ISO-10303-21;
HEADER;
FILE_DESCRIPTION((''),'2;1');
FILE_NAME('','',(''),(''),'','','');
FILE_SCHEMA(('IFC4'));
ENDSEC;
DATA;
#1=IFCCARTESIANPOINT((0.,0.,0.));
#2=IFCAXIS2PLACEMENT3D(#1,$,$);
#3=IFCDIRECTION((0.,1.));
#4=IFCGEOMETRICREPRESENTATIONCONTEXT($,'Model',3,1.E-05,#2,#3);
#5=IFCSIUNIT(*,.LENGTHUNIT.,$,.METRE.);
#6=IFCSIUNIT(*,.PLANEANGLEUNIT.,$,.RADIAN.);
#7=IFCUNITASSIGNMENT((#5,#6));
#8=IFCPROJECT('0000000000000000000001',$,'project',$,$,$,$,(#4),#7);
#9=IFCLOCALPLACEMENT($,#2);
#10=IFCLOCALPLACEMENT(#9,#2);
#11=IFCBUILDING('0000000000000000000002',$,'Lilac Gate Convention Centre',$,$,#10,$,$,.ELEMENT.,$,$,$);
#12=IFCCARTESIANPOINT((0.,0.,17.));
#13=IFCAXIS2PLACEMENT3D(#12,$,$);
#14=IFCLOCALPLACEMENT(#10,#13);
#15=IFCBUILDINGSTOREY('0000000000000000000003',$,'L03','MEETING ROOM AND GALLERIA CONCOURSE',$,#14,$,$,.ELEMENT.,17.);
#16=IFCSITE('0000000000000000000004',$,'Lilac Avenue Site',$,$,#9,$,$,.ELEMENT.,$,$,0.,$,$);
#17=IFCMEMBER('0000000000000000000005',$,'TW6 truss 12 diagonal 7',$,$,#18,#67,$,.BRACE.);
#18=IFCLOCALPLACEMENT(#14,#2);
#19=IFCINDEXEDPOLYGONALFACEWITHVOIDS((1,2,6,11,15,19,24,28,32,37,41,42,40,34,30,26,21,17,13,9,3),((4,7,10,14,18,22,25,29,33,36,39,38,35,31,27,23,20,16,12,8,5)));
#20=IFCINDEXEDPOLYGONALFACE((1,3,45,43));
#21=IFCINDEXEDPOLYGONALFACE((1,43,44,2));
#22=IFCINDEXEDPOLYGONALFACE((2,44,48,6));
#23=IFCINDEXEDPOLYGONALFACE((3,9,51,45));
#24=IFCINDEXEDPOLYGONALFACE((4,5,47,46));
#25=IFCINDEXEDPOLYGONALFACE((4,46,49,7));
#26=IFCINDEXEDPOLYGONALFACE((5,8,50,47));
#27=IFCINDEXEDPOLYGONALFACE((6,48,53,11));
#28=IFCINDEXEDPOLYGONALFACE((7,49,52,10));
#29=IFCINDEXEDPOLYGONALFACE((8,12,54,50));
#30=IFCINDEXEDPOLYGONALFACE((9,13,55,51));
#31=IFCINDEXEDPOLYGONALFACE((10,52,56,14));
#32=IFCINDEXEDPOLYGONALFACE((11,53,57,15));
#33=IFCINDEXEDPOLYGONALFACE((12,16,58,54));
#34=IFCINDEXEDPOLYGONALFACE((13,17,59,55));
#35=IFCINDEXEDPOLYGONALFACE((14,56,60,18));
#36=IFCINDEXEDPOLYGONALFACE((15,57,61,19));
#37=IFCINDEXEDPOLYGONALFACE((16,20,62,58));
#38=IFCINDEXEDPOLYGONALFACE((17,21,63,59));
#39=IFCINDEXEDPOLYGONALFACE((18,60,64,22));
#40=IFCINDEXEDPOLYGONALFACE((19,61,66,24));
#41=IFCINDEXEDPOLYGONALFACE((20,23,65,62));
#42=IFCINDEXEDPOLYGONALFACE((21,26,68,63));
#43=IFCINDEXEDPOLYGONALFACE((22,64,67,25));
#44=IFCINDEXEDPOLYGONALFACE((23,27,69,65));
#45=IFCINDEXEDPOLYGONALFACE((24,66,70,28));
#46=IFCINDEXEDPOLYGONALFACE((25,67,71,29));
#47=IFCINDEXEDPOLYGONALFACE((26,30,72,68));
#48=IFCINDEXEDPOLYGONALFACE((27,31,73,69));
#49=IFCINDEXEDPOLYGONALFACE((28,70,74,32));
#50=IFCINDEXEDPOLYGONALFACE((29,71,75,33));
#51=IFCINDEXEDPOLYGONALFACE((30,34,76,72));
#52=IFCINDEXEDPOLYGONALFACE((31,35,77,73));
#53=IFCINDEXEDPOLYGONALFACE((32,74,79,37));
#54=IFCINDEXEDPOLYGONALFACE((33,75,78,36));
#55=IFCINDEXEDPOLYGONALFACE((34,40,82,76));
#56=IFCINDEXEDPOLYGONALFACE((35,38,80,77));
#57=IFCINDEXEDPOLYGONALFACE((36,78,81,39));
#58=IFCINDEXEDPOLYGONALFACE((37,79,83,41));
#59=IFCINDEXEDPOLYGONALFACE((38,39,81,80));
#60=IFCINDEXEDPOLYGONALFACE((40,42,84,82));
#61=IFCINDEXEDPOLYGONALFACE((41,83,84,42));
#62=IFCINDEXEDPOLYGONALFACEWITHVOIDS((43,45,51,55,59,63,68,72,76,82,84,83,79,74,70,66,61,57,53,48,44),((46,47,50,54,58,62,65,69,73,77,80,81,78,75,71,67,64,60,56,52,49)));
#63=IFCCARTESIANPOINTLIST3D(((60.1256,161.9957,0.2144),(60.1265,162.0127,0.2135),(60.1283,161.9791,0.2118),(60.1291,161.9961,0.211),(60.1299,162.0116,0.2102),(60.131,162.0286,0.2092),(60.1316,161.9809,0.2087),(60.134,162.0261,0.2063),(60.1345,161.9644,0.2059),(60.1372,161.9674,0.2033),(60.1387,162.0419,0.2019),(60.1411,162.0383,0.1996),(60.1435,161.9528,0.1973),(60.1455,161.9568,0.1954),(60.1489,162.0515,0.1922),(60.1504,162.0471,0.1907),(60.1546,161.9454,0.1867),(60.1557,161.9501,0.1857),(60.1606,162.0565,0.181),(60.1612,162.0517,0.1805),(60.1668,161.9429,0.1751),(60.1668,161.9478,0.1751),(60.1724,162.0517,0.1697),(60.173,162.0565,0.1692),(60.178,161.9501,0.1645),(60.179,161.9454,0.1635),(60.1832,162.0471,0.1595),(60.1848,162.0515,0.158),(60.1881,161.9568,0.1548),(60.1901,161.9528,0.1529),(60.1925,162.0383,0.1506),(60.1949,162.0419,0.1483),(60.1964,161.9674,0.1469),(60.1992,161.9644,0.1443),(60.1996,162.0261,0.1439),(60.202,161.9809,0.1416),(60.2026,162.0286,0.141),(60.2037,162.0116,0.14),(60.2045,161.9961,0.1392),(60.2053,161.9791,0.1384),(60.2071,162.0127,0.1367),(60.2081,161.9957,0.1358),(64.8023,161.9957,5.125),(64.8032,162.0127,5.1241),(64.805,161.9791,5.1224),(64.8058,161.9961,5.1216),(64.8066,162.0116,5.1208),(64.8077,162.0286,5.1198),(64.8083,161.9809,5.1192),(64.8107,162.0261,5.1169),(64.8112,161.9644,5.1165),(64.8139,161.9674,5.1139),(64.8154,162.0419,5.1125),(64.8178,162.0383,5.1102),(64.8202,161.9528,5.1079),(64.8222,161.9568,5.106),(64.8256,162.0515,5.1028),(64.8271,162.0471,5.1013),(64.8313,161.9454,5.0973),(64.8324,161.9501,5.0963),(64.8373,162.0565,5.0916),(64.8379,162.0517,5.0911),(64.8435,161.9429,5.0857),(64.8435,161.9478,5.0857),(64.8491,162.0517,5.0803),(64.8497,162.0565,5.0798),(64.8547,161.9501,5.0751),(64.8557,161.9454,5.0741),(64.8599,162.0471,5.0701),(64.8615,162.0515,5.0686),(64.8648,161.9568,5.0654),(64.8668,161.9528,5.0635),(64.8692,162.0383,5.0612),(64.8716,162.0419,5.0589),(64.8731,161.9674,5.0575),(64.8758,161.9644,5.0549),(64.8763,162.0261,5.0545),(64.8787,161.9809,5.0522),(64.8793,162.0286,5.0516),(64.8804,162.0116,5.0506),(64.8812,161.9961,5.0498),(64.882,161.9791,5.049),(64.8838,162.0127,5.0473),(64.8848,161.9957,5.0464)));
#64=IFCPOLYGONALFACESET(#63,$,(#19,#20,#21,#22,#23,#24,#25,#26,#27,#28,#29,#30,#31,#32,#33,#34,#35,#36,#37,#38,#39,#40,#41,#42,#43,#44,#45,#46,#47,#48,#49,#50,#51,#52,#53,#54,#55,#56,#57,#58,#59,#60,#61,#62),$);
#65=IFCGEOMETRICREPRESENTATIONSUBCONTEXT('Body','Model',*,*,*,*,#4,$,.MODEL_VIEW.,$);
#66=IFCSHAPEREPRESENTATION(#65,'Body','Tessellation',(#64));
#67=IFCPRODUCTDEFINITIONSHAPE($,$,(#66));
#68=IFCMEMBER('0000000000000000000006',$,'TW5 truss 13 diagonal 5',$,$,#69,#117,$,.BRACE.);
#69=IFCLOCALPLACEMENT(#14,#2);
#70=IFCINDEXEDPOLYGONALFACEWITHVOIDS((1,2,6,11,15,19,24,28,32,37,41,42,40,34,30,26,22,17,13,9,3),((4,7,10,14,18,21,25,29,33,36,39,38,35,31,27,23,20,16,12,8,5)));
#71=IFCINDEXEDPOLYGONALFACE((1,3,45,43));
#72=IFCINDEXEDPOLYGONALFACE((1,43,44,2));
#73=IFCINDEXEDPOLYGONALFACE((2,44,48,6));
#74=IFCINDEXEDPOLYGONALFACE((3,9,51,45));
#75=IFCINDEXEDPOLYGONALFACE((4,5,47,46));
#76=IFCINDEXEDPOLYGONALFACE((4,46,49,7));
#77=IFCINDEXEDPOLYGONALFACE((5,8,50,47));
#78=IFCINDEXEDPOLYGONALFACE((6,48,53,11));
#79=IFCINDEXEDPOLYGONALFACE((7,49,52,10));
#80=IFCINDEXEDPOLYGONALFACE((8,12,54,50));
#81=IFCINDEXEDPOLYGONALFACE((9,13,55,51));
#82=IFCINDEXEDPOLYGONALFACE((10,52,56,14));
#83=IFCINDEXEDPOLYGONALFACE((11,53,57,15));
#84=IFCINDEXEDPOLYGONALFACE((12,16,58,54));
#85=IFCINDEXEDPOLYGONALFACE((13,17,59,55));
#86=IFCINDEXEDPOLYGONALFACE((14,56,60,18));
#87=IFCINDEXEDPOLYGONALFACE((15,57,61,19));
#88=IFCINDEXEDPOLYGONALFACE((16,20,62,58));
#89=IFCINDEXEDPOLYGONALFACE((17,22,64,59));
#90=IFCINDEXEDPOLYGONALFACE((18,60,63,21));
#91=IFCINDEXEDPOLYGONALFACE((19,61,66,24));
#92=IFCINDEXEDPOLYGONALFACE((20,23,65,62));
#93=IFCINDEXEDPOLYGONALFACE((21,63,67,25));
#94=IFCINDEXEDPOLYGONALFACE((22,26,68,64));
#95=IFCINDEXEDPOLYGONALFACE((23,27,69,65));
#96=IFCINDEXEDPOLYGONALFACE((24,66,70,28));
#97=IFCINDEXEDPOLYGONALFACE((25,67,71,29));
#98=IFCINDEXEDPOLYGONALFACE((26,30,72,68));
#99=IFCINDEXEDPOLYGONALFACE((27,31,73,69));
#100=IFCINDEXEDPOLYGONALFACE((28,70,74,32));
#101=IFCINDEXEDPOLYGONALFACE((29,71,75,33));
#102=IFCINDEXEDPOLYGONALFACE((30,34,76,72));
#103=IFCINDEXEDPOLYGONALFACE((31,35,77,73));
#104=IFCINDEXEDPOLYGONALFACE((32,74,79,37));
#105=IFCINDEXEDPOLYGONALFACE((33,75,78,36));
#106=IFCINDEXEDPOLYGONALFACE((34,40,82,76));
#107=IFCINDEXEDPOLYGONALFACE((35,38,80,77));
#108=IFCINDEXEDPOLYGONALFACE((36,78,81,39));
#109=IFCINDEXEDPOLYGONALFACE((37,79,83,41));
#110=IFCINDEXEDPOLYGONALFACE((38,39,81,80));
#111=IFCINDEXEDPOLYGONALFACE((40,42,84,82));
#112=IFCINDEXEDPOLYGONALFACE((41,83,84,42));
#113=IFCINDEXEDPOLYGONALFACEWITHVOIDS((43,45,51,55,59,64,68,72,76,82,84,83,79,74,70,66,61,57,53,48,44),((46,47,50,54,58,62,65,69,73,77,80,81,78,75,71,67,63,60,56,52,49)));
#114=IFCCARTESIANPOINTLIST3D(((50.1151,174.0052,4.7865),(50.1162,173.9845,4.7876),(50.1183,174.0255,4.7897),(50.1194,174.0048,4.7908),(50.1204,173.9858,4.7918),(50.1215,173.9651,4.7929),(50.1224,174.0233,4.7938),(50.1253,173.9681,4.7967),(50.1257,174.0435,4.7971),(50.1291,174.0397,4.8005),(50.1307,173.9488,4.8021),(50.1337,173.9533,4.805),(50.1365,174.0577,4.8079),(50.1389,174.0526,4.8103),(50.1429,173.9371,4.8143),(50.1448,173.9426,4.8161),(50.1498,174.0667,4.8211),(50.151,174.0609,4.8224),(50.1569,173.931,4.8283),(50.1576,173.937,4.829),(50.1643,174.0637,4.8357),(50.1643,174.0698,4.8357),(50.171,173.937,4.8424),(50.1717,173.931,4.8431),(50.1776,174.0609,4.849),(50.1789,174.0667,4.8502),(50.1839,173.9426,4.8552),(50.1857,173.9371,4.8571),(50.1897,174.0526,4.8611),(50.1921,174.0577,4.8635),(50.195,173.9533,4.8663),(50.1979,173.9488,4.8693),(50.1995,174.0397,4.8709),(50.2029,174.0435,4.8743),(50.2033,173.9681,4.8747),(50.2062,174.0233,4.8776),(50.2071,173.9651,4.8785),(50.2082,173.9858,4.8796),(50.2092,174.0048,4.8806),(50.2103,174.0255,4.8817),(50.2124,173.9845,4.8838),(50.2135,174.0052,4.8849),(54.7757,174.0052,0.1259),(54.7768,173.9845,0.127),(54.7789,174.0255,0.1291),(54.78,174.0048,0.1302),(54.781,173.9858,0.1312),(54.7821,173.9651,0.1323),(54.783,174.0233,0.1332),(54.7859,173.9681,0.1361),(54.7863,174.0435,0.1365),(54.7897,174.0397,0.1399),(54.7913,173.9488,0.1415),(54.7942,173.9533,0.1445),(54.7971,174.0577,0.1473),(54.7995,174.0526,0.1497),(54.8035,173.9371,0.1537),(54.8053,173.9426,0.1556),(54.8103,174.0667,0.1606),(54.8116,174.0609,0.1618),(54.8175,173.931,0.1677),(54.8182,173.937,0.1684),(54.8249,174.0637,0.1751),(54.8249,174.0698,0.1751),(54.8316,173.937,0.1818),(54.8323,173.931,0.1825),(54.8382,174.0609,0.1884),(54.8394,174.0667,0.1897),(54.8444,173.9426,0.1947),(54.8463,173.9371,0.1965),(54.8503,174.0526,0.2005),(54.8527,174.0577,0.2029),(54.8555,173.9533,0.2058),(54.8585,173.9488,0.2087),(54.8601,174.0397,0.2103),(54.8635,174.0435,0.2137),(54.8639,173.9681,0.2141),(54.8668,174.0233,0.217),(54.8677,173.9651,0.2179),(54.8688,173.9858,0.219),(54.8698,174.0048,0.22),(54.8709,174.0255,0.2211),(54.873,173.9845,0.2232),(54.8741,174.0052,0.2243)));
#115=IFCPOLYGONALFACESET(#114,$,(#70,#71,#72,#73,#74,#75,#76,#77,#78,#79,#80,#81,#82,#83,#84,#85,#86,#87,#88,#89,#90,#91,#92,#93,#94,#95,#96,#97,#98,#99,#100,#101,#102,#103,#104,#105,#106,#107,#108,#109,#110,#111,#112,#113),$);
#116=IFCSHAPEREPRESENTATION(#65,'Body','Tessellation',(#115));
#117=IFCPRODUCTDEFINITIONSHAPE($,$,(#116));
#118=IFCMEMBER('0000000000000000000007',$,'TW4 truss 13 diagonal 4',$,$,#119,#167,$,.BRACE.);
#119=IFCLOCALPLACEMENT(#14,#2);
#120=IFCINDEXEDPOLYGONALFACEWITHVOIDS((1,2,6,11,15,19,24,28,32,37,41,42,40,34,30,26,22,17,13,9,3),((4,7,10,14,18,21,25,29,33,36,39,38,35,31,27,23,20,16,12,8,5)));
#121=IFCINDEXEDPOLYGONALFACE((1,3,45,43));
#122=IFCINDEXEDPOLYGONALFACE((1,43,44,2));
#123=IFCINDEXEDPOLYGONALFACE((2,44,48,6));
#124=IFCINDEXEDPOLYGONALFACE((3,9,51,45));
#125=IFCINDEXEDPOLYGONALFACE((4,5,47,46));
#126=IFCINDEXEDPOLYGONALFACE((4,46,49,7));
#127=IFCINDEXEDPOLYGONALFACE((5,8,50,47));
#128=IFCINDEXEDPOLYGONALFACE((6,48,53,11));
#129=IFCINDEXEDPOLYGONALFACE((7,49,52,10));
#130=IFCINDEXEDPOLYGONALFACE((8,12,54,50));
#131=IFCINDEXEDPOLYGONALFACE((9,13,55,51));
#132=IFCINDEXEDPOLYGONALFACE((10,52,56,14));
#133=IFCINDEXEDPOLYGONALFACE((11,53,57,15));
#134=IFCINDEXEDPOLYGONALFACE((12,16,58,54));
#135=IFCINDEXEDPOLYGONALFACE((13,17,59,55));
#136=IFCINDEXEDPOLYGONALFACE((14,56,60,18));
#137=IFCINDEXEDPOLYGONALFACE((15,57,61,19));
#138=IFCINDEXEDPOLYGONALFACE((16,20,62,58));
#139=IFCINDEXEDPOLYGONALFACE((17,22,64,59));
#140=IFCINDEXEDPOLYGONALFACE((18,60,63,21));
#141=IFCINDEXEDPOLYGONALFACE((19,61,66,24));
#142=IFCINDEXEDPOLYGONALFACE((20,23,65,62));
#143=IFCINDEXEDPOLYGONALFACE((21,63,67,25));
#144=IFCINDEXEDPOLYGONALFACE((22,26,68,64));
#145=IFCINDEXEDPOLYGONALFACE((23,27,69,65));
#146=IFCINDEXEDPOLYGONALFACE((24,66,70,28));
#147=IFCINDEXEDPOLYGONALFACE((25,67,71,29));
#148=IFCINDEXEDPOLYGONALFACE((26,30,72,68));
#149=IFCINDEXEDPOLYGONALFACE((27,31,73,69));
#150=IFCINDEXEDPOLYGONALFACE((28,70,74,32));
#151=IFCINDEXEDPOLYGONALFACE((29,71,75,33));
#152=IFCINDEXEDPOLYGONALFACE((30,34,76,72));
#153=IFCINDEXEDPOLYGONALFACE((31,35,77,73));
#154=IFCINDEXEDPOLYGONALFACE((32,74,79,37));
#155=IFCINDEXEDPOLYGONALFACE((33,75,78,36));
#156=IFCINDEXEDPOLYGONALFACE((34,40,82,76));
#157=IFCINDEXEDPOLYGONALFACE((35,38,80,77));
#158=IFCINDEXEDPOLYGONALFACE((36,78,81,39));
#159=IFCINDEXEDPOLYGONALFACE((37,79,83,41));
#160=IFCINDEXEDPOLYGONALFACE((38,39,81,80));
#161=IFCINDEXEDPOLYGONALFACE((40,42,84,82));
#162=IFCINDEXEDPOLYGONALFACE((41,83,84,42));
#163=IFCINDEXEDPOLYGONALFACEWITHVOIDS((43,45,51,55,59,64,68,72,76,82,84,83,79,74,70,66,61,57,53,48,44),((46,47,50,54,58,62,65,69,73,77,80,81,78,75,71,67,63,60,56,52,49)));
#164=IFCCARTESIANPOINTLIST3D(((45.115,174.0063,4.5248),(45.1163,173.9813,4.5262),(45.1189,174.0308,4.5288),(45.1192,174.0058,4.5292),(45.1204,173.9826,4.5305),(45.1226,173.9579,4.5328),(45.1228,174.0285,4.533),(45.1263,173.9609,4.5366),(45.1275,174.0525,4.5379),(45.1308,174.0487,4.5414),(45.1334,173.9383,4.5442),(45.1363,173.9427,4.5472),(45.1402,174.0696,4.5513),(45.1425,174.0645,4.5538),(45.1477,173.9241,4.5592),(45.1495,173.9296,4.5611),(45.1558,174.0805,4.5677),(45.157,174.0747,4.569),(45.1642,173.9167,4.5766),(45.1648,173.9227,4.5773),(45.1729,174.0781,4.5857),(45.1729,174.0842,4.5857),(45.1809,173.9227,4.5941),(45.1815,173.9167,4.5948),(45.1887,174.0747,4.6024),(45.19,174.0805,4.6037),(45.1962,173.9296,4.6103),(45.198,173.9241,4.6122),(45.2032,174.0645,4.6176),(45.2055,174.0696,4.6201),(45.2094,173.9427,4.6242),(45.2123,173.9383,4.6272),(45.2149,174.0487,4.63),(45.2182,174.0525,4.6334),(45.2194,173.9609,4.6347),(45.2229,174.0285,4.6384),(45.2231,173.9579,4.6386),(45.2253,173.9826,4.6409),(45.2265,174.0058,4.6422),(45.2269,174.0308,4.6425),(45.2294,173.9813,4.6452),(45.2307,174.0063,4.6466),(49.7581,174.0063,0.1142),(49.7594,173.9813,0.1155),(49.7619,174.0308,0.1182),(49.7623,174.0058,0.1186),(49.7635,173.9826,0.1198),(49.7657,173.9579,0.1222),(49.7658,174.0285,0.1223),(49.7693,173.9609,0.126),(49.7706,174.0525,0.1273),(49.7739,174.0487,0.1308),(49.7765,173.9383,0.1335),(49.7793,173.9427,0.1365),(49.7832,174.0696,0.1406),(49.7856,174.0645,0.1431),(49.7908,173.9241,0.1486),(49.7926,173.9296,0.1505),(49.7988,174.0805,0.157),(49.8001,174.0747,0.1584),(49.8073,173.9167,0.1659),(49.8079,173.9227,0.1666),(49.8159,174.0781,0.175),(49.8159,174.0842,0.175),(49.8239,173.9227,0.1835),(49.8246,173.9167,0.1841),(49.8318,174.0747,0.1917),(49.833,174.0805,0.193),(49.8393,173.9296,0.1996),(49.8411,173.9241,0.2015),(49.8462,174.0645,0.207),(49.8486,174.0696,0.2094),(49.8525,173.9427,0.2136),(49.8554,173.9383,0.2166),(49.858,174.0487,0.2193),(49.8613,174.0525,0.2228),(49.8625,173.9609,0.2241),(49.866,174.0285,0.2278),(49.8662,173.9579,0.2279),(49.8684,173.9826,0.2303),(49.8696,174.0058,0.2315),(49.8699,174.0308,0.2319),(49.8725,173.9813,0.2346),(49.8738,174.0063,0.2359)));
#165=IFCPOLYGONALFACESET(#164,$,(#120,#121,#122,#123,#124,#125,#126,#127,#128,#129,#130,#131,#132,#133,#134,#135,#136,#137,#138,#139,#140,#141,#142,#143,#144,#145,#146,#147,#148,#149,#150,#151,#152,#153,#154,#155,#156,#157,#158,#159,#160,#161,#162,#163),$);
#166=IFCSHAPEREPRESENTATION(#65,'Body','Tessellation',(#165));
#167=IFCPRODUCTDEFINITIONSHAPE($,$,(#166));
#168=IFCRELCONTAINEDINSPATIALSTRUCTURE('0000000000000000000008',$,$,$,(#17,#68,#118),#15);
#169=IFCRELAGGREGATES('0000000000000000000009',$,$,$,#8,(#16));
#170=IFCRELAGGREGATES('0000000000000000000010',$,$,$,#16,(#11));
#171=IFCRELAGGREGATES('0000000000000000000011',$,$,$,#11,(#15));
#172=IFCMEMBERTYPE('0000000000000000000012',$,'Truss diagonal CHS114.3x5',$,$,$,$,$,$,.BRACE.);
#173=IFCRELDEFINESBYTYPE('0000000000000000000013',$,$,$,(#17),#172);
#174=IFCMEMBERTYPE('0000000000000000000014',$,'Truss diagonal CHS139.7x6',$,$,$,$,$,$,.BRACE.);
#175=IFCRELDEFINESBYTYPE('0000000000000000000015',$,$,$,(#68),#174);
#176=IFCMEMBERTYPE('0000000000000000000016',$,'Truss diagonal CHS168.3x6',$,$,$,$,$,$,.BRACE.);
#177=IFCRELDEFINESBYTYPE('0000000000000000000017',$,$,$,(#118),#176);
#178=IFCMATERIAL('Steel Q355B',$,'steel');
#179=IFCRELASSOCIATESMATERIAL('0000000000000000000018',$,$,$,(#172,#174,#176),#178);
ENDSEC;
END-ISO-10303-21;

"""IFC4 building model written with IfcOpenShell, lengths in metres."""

from ifc_helpers import new_model, si_unit, direction, frame, origin, origin_2d, place, context, subcontext, project, spatial, hollow_circle, extrude, material, material_profile, profile_set, type_object, element, save


model = new_model("IFC4")

# Units and contexts
model_context = context("Model", 3, precision=1e-05, world=origin(), true_north=direction((0.0, 1.0)))
body_context = subcontext(model_context, "Body", "Model", "MODEL_VIEW")
ifc_project = project(units=[si_unit("LENGTHUNIT", "METRE"), si_unit("PLANEANGLEUNIT", "RADIAN")], contexts=[model_context])

# Site, building, storey
site_placement = place(None, origin())
site = spatial("IfcSite", under=ifc_project, at=site_placement, Name="Lilac Avenue Site", CompositionType="ELEMENT", RefElevation=0.0)
building_placement = place(site_placement, origin())
building = spatial("IfcBuilding", under=site, at=building_placement, Name="Lilac Gate Convention Centre", CompositionType="ELEMENT")
storey_placement = place(building_placement, frame((0.0, 0.0, 17.0)))
storey = spatial("IfcBuildingStorey", under=building, at=storey_placement, Name="L03", Description="MEETING ROOM AND GALLERIA CONCOURSE", CompositionType="ELEMENT", Elevation=17.0)

# Members
ifc_material = material(Name="Steel Q355B", Category="steel")
ifc_material_profile_1 = material_profile(ifc_material, hollow_circle(Radius=0.0571, WallThickness=0.0049, at=origin_2d()), Name="CHS114.3x5")
ifc_profile_set_1 = profile_set([ifc_material_profile_1], Name="Steel Q355B")
member_type_1 = type_object("IfcMemberType", Name="Truss diagonal CHS114.3x5", PredefinedType="BRACE", material=ifc_profile_set_1)
member_1_placement = place(storey_placement, frame((64.8435, 162.0, 5.0857), z_axis=(-0.689652, 0.0, -0.724141), x_axis=(0.0, -1.0, 0.0)))
element("IfcMember", 1, at=member_1_placement, inside=storey, type_object=member_type_1, Name="TW6 truss 12 diagonal 7", PredefinedType="BRACE", context=body_context, shape_type="SweptSolid", body=[
    extrude(hollow_circle(Radius=0.0571, WallThickness=0.0049, at=origin_2d()), origin(), (0.0, 0.0, 1.0), 6.7812),
])
ifc_material_profile_2 = material_profile(ifc_material, hollow_circle(Radius=0.0698, WallThickness=0.0061, at=origin_2d()), Name="CHS139.7x6")
ifc_profile_set_2 = profile_set([ifc_material_profile_2], Name="Steel Q355B")
member_type_2 = type_object("IfcMemberType", Name="Truss diagonal CHS139.7x6", PredefinedType="BRACE", material=ifc_profile_set_2)
member_2_placement = place(storey_placement, frame((50.1643, 174.0, 4.8357), z_axis=(0.707107, 0.0, -0.707107), x_axis=(0.0, 1.0, 0.0)))
element("IfcMember", 2, at=member_2_placement, inside=storey, type_object=member_type_2, Name="TW5 truss 13 diagonal 5", PredefinedType="BRACE", context=body_context, shape_type="SweptSolid", body=[
    extrude(hollow_circle(Radius=0.0698, WallThickness=0.0061, at=origin_2d()), origin(), (0.0, 0.0, 1.0), 6.5911),
])
ifc_material_profile_3 = material_profile(ifc_material, hollow_circle(Radius=0.0842, WallThickness=0.0061, at=origin_2d()), Name="CHS168.3x6")
ifc_profile_set_3 = profile_set([ifc_material_profile_3], Name="Steel Q355B")
member_type_3 = type_object("IfcMemberType", Name="Truss diagonal CHS168.3x6", PredefinedType="BRACE", material=ifc_profile_set_3)
member_3_placement = place(storey_placement, frame((45.1729, 174.0, 4.5857), z_axis=(0.72502, 0.0, -0.688727), x_axis=(0.0, 1.0, 0.0)))
element("IfcMember", 3, at=member_3_placement, inside=storey, type_object=member_type_3, Name="TW4 truss 13 diagonal 4", PredefinedType="BRACE", context=body_context, shape_type="SweptSolid", body=[
    extrude(hollow_circle(Radius=0.0842, WallThickness=0.0061, at=origin_2d()), origin(), (0.0, 0.0, 1.0), 6.4041),
])

save(model, "model.ifc")
